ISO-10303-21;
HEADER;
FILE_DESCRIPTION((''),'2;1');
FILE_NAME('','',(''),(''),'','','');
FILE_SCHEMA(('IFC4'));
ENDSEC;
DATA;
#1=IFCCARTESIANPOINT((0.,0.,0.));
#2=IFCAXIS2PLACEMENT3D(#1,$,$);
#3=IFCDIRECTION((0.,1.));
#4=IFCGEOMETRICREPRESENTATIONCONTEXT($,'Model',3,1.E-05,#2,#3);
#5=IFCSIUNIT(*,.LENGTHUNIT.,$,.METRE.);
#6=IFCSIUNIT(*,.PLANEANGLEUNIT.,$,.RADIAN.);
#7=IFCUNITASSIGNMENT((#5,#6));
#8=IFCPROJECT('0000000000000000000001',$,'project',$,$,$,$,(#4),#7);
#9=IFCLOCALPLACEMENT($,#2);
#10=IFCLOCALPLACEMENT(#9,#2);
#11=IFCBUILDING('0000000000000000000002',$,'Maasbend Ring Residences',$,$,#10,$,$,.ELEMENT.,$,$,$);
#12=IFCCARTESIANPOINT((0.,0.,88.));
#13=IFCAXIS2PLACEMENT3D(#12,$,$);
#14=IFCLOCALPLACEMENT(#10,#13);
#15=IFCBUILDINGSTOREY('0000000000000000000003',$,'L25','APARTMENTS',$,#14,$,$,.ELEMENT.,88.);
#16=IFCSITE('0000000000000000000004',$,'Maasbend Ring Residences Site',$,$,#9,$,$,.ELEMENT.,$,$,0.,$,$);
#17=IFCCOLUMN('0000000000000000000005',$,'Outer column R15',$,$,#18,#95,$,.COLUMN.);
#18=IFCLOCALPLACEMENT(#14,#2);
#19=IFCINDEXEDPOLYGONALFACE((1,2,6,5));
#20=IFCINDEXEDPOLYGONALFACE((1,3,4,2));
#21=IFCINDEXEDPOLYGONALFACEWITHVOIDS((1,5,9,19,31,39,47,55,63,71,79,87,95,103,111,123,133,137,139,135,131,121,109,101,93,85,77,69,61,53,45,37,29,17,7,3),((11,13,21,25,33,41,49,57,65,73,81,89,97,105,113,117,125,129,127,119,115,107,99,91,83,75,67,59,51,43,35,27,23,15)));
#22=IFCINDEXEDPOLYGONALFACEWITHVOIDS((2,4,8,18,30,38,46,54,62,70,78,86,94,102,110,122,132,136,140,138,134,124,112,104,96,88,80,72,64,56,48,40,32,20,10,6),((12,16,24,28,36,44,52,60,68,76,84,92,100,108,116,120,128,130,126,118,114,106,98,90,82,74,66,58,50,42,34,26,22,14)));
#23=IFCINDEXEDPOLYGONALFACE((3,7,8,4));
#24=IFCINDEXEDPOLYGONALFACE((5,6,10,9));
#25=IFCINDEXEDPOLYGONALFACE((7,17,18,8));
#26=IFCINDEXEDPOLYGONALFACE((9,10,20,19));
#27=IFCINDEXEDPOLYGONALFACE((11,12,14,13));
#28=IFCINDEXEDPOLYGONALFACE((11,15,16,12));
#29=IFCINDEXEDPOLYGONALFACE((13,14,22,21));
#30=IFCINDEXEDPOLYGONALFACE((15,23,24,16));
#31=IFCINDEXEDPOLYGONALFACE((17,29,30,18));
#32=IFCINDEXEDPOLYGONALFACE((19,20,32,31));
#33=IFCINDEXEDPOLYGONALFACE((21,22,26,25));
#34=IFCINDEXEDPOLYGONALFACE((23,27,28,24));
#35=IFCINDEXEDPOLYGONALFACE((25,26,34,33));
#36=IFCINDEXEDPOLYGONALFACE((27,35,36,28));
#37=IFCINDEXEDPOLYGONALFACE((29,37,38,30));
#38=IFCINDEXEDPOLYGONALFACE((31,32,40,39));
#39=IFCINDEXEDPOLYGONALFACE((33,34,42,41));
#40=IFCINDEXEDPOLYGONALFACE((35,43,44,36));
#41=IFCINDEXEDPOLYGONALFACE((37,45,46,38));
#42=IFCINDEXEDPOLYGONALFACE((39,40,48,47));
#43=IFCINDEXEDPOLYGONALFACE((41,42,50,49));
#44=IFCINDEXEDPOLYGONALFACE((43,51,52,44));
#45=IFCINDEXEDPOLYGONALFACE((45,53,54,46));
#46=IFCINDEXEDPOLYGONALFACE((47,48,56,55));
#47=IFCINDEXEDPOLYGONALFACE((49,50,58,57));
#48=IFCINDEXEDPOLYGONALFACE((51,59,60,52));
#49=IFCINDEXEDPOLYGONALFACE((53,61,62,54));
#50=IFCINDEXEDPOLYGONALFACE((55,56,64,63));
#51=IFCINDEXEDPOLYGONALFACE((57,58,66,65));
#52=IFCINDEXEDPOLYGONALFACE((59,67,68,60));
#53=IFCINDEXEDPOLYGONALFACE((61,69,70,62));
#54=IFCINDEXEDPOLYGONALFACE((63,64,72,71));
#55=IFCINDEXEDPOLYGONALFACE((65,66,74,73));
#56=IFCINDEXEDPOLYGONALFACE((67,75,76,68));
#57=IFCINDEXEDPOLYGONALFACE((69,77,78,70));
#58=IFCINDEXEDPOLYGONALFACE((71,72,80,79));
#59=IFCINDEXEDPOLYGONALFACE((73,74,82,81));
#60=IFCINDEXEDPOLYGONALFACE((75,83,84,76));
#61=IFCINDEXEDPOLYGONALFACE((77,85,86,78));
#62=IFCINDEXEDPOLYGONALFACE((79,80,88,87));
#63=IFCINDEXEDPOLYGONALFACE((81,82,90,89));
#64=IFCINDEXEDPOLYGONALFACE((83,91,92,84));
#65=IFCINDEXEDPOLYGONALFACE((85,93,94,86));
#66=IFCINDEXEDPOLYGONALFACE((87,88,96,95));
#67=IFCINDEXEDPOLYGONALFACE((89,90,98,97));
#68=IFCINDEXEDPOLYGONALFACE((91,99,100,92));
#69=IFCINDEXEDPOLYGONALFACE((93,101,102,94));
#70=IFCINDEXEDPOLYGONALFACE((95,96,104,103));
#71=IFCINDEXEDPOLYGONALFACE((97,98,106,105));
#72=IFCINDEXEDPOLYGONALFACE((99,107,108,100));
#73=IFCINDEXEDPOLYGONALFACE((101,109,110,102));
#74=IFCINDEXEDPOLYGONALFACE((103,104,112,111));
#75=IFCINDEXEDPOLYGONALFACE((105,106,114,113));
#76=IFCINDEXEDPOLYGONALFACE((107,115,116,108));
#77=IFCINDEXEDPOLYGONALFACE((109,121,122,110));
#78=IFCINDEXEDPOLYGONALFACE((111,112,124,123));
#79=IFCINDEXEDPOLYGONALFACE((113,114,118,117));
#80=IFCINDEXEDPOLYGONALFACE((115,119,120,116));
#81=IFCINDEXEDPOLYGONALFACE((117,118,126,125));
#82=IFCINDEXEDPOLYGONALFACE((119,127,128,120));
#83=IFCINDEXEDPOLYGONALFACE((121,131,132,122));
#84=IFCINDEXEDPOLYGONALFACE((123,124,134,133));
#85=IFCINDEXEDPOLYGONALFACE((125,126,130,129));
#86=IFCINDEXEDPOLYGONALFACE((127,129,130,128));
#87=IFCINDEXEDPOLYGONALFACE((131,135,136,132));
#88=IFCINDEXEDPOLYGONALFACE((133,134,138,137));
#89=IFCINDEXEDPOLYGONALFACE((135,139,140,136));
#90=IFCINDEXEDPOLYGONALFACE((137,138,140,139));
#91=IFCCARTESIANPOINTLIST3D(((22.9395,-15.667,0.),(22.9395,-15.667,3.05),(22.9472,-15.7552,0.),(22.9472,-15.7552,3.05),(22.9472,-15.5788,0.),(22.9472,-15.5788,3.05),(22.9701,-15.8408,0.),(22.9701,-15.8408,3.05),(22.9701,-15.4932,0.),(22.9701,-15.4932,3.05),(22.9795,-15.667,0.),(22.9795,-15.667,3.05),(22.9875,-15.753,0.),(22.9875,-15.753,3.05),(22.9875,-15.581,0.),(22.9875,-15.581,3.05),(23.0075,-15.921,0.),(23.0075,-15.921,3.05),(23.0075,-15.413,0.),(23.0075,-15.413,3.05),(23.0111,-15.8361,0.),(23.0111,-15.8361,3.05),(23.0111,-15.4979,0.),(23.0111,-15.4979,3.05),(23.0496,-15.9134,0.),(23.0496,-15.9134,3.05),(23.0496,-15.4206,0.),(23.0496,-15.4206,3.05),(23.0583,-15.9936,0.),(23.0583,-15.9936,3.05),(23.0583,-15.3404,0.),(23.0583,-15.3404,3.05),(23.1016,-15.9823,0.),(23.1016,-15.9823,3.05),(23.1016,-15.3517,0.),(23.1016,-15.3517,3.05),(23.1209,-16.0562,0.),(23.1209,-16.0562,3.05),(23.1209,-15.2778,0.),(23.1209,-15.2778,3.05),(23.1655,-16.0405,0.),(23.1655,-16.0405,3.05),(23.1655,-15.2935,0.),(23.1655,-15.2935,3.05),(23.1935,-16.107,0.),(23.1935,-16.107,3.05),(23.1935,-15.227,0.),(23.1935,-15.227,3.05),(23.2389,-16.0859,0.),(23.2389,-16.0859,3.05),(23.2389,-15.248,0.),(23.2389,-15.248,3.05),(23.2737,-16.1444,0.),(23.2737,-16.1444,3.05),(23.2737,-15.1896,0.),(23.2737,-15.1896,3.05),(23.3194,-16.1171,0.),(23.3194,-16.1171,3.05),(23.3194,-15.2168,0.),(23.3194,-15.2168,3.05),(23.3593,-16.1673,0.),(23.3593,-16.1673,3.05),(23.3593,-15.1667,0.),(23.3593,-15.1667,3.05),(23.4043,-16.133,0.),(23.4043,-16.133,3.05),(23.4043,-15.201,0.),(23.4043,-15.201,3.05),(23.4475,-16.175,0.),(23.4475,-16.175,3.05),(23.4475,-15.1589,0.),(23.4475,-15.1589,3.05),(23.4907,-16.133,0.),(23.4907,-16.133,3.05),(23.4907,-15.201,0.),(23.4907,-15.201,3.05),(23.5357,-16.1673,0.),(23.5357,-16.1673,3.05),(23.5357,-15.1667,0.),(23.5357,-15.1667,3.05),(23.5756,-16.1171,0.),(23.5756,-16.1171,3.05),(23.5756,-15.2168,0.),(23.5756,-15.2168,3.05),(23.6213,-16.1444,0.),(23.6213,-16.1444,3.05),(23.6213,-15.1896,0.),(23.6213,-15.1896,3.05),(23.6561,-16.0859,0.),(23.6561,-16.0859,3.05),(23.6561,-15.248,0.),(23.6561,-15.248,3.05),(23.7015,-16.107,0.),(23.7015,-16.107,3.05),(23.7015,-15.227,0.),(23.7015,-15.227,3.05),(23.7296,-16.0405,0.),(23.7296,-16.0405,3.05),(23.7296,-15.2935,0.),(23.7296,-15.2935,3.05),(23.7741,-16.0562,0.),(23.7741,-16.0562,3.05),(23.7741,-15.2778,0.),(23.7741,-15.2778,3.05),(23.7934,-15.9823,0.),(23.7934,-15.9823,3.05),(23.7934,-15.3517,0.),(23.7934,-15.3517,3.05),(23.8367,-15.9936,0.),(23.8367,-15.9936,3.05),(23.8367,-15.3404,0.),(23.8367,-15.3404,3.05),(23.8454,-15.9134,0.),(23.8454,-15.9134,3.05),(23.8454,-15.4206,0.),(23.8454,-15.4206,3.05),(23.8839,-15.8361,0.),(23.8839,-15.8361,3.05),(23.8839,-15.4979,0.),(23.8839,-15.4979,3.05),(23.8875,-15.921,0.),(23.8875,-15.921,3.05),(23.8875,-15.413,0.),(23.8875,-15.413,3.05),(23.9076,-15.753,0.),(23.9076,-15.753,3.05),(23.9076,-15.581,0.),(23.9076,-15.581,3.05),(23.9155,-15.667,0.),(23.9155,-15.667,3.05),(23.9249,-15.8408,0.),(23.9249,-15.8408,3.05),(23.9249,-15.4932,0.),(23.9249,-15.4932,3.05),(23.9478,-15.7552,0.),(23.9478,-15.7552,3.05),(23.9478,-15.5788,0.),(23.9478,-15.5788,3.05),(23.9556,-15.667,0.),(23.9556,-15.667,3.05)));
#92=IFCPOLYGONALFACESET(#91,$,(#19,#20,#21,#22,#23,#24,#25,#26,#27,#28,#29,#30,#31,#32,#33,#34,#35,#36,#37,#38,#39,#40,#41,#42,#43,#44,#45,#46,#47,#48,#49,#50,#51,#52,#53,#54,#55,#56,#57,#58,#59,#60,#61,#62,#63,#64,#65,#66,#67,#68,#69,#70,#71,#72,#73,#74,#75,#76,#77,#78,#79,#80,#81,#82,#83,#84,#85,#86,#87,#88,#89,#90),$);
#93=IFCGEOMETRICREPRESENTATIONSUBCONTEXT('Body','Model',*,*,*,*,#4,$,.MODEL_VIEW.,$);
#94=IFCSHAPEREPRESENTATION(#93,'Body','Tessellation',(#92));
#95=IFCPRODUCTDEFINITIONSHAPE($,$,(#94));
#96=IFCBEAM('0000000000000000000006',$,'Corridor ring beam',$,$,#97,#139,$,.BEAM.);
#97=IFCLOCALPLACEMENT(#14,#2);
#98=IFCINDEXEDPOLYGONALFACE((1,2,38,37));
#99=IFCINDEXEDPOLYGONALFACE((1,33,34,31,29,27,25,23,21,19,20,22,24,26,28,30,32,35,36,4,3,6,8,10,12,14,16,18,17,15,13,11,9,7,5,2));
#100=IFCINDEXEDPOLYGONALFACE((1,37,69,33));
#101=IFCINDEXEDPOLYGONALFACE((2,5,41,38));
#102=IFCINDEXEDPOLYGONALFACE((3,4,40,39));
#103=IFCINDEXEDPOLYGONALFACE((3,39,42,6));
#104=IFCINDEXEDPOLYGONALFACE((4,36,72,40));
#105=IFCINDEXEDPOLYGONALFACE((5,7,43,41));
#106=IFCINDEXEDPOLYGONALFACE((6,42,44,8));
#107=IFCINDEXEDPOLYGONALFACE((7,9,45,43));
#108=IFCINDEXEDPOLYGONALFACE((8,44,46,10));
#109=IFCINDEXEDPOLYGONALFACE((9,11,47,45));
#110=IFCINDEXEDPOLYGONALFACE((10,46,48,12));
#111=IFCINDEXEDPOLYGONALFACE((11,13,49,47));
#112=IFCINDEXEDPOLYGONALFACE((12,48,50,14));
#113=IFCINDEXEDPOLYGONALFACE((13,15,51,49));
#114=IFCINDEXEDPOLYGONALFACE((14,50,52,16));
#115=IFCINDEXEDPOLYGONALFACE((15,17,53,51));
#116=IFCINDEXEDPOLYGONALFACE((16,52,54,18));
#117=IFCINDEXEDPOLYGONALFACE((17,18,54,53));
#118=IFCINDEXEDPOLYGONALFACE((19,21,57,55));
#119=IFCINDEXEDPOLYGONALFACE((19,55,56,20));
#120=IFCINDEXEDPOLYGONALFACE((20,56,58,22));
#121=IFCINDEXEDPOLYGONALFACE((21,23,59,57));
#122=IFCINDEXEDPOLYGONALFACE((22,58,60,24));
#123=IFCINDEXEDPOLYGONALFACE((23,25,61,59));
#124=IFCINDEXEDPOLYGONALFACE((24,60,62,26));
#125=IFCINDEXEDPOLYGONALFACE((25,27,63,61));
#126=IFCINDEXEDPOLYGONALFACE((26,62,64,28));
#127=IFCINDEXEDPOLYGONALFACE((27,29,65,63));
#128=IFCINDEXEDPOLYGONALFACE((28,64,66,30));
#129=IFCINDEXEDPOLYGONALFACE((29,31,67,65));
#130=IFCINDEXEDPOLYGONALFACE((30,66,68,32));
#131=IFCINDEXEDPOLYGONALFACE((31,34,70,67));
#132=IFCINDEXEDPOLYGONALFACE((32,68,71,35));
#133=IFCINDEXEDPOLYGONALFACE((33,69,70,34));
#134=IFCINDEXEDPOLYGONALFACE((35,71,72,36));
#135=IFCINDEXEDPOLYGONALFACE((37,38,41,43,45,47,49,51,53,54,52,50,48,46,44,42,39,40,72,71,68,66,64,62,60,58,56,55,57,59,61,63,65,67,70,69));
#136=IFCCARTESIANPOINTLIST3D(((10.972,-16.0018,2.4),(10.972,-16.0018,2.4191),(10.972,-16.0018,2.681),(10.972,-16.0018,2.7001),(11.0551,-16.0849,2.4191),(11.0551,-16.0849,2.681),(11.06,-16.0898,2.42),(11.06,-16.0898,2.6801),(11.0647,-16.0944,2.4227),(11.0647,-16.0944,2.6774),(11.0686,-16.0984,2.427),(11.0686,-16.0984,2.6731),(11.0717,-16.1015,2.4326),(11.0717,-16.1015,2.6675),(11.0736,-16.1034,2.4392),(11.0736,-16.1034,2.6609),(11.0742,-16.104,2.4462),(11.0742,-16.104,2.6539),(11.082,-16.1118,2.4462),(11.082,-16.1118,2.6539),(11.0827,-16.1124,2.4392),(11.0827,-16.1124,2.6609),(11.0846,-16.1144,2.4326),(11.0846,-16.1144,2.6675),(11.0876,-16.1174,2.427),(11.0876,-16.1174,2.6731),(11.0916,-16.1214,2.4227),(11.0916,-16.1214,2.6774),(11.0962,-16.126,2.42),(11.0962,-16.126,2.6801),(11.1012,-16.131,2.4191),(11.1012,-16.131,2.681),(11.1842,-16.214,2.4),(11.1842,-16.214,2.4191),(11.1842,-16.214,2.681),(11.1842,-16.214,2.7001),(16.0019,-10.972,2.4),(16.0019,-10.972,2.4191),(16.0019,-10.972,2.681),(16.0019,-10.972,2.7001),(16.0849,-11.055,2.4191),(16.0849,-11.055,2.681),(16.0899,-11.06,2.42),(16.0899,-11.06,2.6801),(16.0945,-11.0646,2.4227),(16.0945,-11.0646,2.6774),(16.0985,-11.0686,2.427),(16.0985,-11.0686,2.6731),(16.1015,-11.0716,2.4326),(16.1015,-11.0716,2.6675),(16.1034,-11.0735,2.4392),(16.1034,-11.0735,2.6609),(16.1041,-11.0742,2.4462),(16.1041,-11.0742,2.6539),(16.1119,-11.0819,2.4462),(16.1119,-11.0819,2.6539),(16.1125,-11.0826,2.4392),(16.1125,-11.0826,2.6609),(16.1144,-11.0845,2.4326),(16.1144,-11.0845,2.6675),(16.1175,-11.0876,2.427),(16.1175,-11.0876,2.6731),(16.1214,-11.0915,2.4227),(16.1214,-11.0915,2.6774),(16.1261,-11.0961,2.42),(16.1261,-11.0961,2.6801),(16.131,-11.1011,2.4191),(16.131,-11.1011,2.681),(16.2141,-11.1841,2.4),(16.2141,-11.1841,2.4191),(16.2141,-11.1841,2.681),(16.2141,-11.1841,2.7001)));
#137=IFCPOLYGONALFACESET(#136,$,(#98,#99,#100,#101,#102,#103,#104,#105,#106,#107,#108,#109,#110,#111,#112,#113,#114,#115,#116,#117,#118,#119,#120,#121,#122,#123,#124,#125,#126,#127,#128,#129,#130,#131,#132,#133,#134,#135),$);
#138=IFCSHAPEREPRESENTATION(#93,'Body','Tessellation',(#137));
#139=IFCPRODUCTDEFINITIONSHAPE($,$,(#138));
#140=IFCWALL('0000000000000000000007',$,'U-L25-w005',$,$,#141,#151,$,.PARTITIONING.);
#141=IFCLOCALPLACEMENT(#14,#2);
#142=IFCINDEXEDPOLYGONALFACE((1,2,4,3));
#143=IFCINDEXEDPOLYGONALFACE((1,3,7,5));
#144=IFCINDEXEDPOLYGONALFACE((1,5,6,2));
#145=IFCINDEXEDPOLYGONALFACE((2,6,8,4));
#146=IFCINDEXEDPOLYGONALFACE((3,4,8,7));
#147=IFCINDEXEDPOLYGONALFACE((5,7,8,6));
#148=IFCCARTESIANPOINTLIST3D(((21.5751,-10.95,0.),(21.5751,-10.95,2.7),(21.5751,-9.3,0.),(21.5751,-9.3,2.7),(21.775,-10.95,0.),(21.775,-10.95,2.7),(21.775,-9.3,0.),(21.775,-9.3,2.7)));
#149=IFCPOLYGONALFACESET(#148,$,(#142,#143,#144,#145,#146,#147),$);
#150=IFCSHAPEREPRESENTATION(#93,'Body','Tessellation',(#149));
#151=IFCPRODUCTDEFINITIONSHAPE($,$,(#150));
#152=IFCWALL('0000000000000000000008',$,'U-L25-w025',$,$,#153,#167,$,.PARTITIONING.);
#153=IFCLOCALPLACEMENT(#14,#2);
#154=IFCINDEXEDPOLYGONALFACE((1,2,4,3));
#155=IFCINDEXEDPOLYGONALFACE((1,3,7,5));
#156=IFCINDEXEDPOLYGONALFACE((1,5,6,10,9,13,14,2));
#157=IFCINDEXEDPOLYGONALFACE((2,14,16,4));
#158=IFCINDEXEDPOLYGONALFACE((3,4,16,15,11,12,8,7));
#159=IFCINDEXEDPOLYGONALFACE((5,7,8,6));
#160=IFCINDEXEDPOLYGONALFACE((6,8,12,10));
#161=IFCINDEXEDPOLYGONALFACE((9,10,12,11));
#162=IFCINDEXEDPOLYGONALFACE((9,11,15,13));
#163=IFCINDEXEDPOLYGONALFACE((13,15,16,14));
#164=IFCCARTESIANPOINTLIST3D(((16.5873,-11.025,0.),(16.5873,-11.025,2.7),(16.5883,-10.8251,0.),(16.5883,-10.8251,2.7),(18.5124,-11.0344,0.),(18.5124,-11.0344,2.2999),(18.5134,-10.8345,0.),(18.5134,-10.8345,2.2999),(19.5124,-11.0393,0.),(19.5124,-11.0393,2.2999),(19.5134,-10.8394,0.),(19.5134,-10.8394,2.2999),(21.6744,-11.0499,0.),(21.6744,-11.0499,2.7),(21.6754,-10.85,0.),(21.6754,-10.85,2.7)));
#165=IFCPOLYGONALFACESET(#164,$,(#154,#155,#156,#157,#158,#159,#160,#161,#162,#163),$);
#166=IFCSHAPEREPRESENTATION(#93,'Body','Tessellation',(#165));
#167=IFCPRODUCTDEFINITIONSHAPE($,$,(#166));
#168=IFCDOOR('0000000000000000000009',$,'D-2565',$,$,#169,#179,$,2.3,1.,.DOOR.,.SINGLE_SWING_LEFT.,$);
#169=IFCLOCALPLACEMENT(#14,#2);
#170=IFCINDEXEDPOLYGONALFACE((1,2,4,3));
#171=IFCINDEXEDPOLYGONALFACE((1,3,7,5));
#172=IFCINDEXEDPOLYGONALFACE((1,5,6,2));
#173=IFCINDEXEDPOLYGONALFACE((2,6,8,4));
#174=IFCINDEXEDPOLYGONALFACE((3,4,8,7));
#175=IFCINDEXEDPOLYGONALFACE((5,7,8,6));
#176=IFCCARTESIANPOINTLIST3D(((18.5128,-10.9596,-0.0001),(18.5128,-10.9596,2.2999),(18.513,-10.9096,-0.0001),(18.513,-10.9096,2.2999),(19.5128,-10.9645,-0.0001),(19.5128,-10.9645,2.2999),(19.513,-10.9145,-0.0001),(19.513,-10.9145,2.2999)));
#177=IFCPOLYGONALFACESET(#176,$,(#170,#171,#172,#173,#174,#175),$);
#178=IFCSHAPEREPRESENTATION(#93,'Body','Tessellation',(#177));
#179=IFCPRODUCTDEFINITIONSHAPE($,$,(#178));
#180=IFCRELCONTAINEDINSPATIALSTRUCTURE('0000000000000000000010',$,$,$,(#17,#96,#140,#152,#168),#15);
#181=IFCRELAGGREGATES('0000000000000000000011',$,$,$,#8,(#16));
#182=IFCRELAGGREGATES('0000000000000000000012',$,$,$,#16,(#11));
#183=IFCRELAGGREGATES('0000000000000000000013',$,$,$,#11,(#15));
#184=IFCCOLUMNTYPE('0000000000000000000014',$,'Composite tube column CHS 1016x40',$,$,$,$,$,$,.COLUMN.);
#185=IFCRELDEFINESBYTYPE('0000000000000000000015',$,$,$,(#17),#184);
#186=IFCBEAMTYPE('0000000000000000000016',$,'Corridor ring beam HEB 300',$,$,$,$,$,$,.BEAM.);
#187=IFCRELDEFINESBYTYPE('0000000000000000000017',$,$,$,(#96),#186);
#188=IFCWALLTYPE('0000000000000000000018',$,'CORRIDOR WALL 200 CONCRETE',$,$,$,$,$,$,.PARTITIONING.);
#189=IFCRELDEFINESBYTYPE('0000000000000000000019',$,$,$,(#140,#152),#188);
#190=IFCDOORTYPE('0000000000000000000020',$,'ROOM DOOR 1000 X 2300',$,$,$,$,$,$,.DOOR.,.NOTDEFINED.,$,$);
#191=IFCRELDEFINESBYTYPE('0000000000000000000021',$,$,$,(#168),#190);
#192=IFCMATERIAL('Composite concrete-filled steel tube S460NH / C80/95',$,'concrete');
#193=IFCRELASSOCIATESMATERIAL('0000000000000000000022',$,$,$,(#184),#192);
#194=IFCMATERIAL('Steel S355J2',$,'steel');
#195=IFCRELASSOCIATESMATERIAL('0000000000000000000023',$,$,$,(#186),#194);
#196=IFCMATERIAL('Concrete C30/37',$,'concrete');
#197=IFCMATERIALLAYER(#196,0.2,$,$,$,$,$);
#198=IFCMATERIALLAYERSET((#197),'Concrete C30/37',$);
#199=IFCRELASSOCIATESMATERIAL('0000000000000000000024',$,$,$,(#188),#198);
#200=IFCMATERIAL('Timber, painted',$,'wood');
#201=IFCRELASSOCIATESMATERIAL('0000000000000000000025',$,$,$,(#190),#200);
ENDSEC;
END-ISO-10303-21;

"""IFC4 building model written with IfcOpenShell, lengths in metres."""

from ifc_helpers import new_model, si_unit, direction, frame, frame_2d, origin, origin_2d, place, context, subcontext, project, spatial, rectangle, hollow_circle, i_section, extrude, material, layer, layer_set, material_profile, profile_set, type_object, element, fill, save


model = new_model("IFC4")

# Units and contexts
model_context = context("Model", 3, precision=1e-05, world=origin(), true_north=direction((0.0, 1.0)))
body_context = subcontext(model_context, "Body", "Model", "MODEL_VIEW")
ifc_project = project(units=[si_unit("LENGTHUNIT", "METRE"), si_unit("PLANEANGLEUNIT", "RADIAN")], contexts=[model_context])

# Site, building, storey
site_placement = place(None, origin())
site = spatial("IfcSite", under=ifc_project, at=site_placement, Name="Maasbend Ring Residences Site", CompositionType="ELEMENT", RefElevation=0.0)
building_placement = place(site_placement, origin())
building = spatial("IfcBuilding", under=site, at=building_placement, Name="Maasbend Ring Residences", CompositionType="ELEMENT")
storey_placement = place(building_placement, frame((0.0, 0.0, 88.0)))
storey = spatial("IfcBuildingStorey", under=building, at=storey_placement, Name="L25", Description="APARTMENTS", CompositionType="ELEMENT", Elevation=88.0)

# Column
ifc_material_1 = material(Name="Composite concrete-filled steel tube S460NH / C80/95", Category="concrete")
ifc_material_profile_1 = material_profile(ifc_material_1, hollow_circle(Radius=0.5081, WallThickness=0.04, at=origin_2d()), Name="Composite tube column CHS 1016x40")
ifc_profile_set_1 = profile_set([ifc_material_profile_1], Name="Composite concrete-filled steel tube S460NH / C80/95")
column_type = type_object("IfcColumnType", Name="Composite tube column CHS 1016x40", PredefinedType="COLUMN", material=ifc_profile_set_1)
column_placement = place(storey_placement, frame((23.4475, -15.667, 0.0), z_axis=(0.0, 0.0, 1.0), x_axis=(1.0, 0.0, 0.0)))
element("IfcColumn", 1, at=column_placement, inside=storey, type_object=column_type, Name="Outer column R15", PredefinedType="COLUMN", context=body_context, shape_type="SweptSolid", body=[
    extrude(hollow_circle(Radius=0.5081, WallThickness=0.04, at=origin_2d()), origin(), (0.0, 0.0, 1.0), 3.05),
])

# Beam
ifc_material_2 = material(Name="Steel S355J2", Category="steel")
ifc_material_profile_2 = material_profile(ifc_material_2, i_section(OverallWidth=0.3, OverallDepth=0.3, WebThickness=0.011, FlangeThickness=0.019, FilletRadius=0.0271, at=origin_2d()), Name="HEB 300")
ifc_profile_set_2 = profile_set([ifc_material_profile_2], Name="Steel S355J2")
beam_type = type_object("IfcBeamType", Name="Corridor ring beam HEB 300", PredefinedType="BEAM", material=ifc_profile_set_2)
beam_placement = place(storey_placement, frame((11.0781, -16.1079, 2.55), z_axis=(0.707107, 0.707107, 0.0), x_axis=(-0.707107, 0.707107, 0.0)))
element("IfcBeam", 2, at=beam_placement, inside=storey, type_object=beam_type, Name="Corridor ring beam", PredefinedType="BEAM", context=body_context, shape_type="SweptSolid", body=[
    extrude(i_section(OverallWidth=0.3, OverallDepth=0.3, WebThickness=0.011, FlangeThickness=0.019, FilletRadius=0.0271, at=origin_2d()), origin(), (0.0, 0.0, 1.0), 7.1133),
])

# Wall
ifc_material_3 = material(Name="Concrete C30/37", Category="concrete")
ifc_layer_1 = layer(ifc_material_3, 0.2)
ifc_layer_set_1 = layer_set([ifc_layer_1], Name="Concrete C30/37")
wall_type_1 = type_object("IfcWallType", Name="CORRIDOR WALL 200 CONCRETE", PredefinedType="PARTITIONING", material=ifc_layer_set_1)
wall_1_placement = place(storey_placement, frame((21.675, -10.95, 0.0), z_axis=(0.0, 0.0, 1.0), x_axis=(0.0, 1.0, 0.0)))
element("IfcWall", 3, at=wall_1_placement, inside=storey, type_object=wall_type_1, Name="U-L25-w005", PredefinedType="PARTITIONING", context=body_context, shape_type="SweptSolid", body=[
    extrude(rectangle(XDim=1.6499, YDim=0.2, at=frame_2d((0.825, 0.0))), origin(), (0.0, 0.0, 1.0), 2.7),
])

# Wall, opening, door
wall_2_placement = place(storey_placement, frame((16.5879, -10.925, 0.0), z_axis=(0.0, 0.0, 1.0), x_axis=(0.999988, -0.004895, 0.0)))
wall_2 = element("IfcWall", 4, at=wall_2_placement, inside=storey, type_object=wall_type_1, Name="U-L25-w025", PredefinedType="PARTITIONING", context=body_context, shape_type="SweptSolid", body=[
    extrude(rectangle(XDim=5.0872, YDim=0.2, at=frame_2d((2.5435, 0.0))), origin(), (0.0, 0.0, 1.0), 2.7),
])
opening_1_placement = place(wall_2_placement, frame((1.925, 0.0, 0.0)))
opening_1 = element("IfcOpeningElement", 5, at=opening_1_placement, cuts=wall_2, PredefinedType="OPENING", context=body_context, shape_type="SweptSolid", body=[
    extrude(rectangle(XDim=1.0, YDim=2.3, at=frame_2d((0.5, 1.1499))), frame((0.0, 0.1099, 0.0), z_axis=(0.0, -1.0, 0.0), x_axis=(1.0, 0.0, 0.0)), (0.0, 0.0, 1.0), 0.22),
])
ifc_material_4 = material(Name="Timber, painted", Category="wood")
door_type_1 = type_object("IfcDoorType", Name="ROOM DOOR 1000 X 2300", OperationType="NOTDEFINED", PredefinedType="DOOR", material=ifc_material_4)
door_1_placement = place(opening_1_placement, origin())
door_1 = element("IfcDoor", 6, at=door_1_placement, inside=storey, type_object=door_type_1, Name="D-2565", OperationType="SINGLE_SWING_LEFT", OverallHeight=2.3, OverallWidth=1.0, PredefinedType="DOOR", context=body_context, shape_type="SweptSolid", body=[
    extrude(rectangle(XDim=1.0, YDim=2.3, at=frame_2d((0.5, 1.1499))), frame((0.0, 0.0249, 0.0), z_axis=(0.0, -1.0, 0.0), x_axis=(1.0, 0.0, 0.0)), (0.0, 0.0, 1.0), 0.05),
])
fill(opening_1, door_1)

save(model, "model.ifc")
